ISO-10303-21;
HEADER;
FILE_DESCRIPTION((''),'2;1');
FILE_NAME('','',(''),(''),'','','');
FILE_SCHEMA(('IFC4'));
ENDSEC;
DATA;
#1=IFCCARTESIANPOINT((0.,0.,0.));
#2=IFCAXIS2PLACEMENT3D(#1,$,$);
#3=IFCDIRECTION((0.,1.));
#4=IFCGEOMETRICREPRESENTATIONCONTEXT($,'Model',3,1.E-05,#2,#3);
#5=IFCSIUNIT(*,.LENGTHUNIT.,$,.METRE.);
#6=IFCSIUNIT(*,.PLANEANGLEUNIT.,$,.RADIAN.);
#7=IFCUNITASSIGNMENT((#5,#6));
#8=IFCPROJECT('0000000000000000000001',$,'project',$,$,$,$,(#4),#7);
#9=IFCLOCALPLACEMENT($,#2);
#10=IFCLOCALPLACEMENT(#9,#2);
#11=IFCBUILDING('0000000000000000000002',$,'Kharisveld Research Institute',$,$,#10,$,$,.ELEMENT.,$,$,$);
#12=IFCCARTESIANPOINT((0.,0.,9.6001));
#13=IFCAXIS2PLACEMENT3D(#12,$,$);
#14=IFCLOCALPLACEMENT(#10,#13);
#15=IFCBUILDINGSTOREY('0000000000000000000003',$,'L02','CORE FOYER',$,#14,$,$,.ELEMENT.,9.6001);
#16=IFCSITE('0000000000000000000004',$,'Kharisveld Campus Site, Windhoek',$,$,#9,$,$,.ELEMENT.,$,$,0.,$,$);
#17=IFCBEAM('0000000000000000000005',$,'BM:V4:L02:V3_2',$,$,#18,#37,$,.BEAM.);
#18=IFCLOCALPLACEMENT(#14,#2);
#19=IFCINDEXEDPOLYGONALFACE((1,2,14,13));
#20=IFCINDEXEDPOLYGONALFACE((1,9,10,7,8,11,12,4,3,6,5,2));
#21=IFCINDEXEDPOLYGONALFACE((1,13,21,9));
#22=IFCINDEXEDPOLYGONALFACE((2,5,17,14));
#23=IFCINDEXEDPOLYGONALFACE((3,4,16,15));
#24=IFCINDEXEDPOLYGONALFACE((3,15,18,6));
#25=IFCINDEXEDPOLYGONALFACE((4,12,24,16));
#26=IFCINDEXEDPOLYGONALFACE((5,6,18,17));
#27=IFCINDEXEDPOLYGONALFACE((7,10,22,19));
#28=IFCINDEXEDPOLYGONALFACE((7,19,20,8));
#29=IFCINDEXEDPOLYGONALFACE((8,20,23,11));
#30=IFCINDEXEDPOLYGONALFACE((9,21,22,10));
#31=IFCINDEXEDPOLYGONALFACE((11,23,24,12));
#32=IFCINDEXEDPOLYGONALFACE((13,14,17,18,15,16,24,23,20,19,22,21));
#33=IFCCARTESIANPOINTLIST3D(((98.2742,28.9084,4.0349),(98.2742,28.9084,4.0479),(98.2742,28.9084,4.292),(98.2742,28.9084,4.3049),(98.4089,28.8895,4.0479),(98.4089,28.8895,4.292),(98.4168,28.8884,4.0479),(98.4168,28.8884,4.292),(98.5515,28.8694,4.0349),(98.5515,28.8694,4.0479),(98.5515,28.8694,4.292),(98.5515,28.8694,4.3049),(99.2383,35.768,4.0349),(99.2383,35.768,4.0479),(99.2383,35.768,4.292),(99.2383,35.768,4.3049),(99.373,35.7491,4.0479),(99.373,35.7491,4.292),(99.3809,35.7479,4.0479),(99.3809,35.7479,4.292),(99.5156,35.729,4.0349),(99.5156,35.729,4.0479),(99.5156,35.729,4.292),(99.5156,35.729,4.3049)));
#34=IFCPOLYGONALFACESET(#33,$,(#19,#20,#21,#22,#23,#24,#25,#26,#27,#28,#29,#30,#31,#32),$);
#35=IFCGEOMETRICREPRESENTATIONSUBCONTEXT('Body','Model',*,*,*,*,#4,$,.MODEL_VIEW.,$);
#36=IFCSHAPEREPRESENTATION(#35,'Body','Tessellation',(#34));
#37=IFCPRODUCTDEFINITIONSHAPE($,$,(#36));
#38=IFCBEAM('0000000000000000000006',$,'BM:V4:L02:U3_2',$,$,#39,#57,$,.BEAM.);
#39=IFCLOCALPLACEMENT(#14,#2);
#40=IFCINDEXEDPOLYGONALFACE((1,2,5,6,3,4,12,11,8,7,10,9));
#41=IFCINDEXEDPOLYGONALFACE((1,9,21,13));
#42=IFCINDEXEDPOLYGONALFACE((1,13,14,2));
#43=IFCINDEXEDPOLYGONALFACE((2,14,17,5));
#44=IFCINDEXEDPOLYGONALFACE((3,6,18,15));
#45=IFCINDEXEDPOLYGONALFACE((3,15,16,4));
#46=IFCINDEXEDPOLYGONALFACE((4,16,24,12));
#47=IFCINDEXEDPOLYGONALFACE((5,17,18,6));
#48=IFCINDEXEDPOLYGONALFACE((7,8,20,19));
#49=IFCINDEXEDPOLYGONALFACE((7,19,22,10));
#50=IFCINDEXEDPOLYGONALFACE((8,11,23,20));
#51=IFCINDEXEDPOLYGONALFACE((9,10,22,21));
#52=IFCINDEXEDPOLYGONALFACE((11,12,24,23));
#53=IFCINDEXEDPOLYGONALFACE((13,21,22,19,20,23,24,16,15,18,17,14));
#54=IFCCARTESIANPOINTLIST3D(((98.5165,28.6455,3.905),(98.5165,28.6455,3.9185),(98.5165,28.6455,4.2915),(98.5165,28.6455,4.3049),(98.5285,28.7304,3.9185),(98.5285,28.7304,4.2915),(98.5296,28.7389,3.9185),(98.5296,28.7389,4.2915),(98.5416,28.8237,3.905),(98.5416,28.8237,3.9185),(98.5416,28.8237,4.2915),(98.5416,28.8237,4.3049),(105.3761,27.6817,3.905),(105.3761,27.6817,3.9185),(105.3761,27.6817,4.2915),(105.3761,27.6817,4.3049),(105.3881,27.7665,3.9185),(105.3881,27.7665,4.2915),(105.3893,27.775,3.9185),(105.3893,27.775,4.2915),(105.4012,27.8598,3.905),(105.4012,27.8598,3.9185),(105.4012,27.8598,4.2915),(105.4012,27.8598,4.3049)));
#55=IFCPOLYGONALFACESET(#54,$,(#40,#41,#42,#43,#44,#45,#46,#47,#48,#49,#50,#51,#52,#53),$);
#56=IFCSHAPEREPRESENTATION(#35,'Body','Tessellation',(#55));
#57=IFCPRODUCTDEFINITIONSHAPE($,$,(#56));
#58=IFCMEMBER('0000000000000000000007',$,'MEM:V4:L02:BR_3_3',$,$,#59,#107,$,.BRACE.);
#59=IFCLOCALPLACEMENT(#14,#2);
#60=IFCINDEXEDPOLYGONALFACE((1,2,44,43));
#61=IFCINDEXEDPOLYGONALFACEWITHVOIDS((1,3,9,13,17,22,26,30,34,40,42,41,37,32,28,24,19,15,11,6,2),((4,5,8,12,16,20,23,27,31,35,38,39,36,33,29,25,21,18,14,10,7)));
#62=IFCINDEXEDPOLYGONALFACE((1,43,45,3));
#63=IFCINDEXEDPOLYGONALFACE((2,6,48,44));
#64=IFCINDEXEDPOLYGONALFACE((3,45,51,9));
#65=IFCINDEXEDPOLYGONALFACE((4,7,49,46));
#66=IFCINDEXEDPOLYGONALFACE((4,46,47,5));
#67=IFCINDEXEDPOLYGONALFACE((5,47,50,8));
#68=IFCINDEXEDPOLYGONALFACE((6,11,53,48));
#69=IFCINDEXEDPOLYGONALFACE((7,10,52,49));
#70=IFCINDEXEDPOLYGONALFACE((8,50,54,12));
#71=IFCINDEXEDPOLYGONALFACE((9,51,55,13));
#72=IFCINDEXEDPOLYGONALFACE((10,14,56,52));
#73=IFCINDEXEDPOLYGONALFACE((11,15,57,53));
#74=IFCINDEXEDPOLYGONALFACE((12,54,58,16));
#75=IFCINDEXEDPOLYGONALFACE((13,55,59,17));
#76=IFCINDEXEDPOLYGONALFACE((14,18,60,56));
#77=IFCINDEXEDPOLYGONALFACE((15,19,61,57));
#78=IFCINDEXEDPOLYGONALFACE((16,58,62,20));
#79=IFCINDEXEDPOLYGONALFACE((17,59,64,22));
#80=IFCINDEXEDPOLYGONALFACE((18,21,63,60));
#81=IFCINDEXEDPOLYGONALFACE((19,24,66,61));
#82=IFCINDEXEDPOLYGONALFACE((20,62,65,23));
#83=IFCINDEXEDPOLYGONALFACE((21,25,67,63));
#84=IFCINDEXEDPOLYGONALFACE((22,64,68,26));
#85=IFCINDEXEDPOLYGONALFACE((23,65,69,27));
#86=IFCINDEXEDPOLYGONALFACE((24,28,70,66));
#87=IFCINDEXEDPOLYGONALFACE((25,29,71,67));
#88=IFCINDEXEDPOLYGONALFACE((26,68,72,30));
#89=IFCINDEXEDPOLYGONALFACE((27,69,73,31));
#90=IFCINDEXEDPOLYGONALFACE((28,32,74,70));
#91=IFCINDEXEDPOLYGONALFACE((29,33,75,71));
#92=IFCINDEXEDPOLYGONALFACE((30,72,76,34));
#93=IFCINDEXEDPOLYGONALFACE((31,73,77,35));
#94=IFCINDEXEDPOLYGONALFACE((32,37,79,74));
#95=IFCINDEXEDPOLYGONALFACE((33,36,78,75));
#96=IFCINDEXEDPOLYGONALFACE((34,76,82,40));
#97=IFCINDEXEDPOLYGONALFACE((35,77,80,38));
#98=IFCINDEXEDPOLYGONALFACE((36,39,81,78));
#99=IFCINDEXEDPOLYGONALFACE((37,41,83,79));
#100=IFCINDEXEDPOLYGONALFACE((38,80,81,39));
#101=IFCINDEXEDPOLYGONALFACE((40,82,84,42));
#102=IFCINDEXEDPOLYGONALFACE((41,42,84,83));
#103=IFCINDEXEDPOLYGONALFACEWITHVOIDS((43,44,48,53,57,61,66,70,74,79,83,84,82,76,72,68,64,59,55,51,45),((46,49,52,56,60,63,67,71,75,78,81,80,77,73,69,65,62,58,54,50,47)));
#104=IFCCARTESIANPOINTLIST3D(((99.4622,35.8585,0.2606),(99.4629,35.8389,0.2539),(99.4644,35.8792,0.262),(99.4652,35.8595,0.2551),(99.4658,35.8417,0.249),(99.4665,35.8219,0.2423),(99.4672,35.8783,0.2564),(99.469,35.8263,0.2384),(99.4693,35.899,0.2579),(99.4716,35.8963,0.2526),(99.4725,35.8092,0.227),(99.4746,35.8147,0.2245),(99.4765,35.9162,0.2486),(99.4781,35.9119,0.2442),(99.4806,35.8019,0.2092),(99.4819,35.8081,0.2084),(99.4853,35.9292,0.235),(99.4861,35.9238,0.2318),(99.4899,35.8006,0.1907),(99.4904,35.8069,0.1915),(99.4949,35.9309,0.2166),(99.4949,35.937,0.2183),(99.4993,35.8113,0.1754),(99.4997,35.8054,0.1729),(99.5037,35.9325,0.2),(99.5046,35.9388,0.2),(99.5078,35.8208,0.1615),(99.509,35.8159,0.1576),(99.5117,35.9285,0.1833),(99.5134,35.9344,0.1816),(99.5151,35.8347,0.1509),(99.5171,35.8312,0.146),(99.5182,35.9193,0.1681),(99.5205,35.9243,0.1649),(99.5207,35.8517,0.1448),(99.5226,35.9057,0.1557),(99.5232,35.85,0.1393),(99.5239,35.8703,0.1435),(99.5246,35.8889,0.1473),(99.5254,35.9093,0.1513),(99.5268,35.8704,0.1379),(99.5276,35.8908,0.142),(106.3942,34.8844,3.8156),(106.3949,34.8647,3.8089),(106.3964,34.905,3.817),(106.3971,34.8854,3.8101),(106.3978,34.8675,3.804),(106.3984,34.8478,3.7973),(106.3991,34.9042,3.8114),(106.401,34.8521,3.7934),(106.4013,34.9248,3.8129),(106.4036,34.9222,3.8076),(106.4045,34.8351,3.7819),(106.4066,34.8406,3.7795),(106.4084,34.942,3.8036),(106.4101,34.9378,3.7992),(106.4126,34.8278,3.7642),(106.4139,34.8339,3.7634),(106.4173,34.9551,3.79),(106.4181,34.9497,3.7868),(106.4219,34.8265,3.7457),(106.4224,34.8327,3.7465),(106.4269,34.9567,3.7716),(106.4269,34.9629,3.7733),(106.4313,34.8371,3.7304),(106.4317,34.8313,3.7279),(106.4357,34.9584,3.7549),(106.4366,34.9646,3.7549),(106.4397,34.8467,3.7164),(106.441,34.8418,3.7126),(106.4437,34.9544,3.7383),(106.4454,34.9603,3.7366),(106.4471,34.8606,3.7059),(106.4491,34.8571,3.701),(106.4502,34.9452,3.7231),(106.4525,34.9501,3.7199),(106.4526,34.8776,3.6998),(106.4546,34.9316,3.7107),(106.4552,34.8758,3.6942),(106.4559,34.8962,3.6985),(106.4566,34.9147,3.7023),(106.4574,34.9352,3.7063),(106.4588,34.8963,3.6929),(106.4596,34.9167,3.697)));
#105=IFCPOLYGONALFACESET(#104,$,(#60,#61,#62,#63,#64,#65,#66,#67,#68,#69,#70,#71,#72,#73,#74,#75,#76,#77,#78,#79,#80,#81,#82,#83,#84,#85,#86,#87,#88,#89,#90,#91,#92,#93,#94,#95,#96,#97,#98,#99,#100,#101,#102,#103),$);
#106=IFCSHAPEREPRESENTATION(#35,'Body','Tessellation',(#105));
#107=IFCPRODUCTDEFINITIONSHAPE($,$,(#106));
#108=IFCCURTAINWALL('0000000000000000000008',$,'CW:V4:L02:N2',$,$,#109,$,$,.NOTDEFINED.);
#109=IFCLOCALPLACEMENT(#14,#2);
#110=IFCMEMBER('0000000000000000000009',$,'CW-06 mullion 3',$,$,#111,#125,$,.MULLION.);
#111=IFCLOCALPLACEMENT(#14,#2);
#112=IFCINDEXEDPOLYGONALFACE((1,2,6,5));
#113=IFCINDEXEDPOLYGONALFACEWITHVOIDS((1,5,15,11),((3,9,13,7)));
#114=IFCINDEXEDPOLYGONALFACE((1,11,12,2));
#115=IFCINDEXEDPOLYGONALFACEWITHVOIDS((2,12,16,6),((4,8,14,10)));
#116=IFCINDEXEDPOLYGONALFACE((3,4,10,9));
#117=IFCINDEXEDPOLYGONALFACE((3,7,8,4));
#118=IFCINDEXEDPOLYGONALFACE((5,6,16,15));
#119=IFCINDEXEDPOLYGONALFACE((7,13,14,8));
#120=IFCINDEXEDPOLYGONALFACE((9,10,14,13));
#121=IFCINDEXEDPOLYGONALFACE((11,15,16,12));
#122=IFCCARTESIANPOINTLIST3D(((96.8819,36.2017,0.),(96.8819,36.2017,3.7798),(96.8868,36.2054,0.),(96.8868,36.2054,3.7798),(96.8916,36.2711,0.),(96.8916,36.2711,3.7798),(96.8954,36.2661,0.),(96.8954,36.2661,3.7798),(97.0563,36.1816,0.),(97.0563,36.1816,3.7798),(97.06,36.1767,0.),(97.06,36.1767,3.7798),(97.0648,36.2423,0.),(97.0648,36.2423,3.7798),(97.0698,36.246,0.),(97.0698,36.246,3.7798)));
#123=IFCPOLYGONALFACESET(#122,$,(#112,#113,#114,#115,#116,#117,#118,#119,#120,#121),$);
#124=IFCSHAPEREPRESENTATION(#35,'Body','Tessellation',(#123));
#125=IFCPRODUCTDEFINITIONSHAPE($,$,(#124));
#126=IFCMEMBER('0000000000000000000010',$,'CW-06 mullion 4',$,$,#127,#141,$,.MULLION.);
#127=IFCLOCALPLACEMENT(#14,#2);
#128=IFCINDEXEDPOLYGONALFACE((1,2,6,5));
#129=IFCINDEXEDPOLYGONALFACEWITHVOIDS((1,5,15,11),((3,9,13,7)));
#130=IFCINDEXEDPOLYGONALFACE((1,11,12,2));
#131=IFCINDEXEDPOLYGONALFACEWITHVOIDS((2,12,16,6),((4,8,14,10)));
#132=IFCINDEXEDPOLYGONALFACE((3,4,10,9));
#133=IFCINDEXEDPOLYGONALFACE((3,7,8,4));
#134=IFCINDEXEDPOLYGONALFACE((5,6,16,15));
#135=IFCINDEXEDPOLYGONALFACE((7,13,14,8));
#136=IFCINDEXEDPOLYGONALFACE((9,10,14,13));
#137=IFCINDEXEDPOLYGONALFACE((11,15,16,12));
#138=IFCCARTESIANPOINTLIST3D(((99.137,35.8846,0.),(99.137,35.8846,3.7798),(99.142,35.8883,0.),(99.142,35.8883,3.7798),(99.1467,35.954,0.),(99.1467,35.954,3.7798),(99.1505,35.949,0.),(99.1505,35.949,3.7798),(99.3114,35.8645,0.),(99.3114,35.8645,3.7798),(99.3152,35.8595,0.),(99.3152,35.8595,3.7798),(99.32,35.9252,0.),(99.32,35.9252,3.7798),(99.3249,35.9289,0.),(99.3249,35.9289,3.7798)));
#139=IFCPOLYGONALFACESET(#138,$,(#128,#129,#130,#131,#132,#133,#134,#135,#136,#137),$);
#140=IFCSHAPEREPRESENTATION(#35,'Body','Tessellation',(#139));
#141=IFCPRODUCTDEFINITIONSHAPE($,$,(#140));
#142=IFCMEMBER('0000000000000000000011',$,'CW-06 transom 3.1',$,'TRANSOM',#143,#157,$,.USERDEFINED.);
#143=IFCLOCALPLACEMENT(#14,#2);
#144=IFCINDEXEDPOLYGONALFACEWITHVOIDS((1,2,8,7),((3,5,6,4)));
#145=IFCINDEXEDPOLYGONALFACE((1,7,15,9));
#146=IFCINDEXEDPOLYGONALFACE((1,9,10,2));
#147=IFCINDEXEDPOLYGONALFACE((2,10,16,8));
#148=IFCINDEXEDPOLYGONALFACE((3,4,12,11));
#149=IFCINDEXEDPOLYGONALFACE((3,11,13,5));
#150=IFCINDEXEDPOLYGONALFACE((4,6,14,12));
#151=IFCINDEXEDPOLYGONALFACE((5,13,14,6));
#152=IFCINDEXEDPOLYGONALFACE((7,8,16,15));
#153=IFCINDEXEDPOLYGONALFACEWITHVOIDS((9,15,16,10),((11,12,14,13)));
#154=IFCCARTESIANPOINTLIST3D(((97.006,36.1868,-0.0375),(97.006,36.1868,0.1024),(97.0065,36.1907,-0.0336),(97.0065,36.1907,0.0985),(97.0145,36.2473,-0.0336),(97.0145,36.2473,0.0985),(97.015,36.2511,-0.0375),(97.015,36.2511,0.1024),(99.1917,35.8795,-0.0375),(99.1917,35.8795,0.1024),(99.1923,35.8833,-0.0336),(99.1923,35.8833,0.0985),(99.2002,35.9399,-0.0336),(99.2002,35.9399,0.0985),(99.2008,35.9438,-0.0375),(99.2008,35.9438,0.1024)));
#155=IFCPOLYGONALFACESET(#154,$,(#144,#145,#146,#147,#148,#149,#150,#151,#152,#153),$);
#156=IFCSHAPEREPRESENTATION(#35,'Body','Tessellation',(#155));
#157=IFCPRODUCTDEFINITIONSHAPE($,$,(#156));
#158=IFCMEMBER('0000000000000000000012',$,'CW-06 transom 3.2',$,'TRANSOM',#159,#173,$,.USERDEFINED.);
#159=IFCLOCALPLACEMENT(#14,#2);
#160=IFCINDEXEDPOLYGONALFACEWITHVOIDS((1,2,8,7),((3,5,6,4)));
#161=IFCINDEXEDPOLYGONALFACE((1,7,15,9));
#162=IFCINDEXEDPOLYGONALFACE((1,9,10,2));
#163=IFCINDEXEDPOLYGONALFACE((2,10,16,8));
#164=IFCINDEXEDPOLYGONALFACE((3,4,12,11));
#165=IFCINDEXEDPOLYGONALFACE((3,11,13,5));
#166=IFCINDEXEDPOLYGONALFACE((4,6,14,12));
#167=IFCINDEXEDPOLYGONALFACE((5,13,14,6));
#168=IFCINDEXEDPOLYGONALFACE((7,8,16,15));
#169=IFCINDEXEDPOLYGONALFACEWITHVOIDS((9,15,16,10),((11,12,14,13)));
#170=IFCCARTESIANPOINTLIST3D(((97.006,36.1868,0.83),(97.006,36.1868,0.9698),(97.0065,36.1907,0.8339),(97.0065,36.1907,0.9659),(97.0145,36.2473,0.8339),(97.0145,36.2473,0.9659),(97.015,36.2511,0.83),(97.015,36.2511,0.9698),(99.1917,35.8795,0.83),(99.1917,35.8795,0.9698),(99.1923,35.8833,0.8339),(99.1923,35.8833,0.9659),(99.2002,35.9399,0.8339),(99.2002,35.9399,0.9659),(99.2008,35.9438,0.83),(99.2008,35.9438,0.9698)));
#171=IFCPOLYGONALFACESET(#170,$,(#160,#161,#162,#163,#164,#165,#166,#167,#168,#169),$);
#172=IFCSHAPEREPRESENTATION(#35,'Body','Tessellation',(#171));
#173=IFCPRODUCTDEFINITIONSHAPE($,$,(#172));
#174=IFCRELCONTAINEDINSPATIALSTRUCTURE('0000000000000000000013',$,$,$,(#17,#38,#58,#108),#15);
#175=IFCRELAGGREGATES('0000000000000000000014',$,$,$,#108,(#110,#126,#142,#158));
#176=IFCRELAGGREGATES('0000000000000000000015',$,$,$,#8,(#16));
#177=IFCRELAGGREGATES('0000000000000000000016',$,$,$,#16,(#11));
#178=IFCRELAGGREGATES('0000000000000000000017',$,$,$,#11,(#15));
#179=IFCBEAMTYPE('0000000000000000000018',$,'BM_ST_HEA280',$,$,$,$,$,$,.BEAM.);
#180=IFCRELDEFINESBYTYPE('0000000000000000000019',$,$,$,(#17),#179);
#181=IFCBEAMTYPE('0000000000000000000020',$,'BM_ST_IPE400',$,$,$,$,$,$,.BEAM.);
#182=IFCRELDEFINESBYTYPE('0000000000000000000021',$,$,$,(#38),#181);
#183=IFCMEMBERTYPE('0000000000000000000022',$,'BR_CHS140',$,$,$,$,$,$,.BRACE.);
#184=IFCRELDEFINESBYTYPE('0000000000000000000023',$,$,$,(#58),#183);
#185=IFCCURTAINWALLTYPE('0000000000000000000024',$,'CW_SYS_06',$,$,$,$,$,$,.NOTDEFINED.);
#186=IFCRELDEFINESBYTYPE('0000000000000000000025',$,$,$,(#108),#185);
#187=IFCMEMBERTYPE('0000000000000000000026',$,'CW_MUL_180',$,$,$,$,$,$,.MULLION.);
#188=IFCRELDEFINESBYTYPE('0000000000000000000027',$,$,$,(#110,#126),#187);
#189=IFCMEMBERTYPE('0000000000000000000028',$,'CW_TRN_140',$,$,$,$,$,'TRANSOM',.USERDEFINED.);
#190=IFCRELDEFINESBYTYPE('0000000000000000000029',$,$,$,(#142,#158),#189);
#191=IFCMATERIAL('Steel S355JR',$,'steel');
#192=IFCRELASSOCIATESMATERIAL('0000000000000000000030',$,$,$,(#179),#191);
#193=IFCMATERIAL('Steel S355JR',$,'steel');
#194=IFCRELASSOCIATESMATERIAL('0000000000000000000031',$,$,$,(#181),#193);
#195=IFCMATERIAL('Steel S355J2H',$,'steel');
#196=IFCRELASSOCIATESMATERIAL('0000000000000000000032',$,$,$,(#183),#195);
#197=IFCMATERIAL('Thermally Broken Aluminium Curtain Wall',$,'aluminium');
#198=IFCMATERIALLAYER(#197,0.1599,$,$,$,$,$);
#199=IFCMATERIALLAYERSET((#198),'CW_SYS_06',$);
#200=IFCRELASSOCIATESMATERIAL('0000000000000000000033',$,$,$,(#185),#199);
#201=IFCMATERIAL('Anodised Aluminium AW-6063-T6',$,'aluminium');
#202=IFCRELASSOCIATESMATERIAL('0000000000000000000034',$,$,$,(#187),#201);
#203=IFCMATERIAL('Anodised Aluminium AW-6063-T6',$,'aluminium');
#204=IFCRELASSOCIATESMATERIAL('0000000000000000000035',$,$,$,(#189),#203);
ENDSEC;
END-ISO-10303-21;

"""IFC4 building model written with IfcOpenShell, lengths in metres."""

from ifc_helpers import new_model, si_unit, direction, frame, origin, origin_2d, place, context, subcontext, project, spatial, hollow_rectangle, hollow_circle, i_section, extrude, material, layer, layer_set, material_profile, profile_set, type_object, element, aggregate, save


model = new_model("IFC4")

# Units and contexts
model_context = context("Model", 3, precision=1e-05, world=origin(), true_north=direction((0.0, 1.0)))
body_context = subcontext(model_context, "Body", "Model", "MODEL_VIEW")
ifc_project = project(units=[si_unit("LENGTHUNIT", "METRE"), si_unit("PLANEANGLEUNIT", "RADIAN")], contexts=[model_context])

# Site, building, storey
site_placement = place(None, origin())
site = spatial("IfcSite", under=ifc_project, at=site_placement, Name="Kharisveld Campus Site, Windhoek", CompositionType="ELEMENT", RefElevation=0.0)
building_placement = place(site_placement, origin())
building = spatial("IfcBuilding", under=site, at=building_placement, Name="Kharisveld Research Institute", CompositionType="ELEMENT")
storey_placement = place(building_placement, frame((0.0, 0.0, 9.6001)))
storey = spatial("IfcBuildingStorey", under=building, at=storey_placement, Name="L02", Description="CORE FOYER", CompositionType="ELEMENT", Elevation=9.6001)

# Beams
ifc_material_1 = material(Name="Steel S355JR", Category="steel")
ifc_material_profile_1 = material_profile(ifc_material_1, i_section(OverallWidth=0.28, OverallDepth=0.27, WebThickness=0.0081, FlangeThickness=0.0129, at=origin_2d()))
ifc_profile_set_1 = profile_set([ifc_material_profile_1], Name="Steel S355JR")
beam_type_1 = type_object("IfcBeamType", Name="BM_ST_HEA280", PredefinedType="BEAM", material=ifc_profile_set_1)
beam_1_placement = place(storey_placement, frame((98.4128, 28.8889, 4.1699), z_axis=(0.139181, 0.990267, 0.0), x_axis=(-0.990267, 0.139181, 0.0)))
element("IfcBeam", 1, at=beam_1_placement, inside=storey, type_object=beam_type_1, Name="BM:V4:L02:V3_2", PredefinedType="BEAM", context=body_context, shape_type="SweptSolid", body=[
    extrude(i_section(OverallWidth=0.28, OverallDepth=0.27, WebThickness=0.0081, FlangeThickness=0.0129, at=origin_2d()), origin(), (0.0, 0.0, 1.0), 6.927),
])
ifc_material_2 = material(Name="Steel S355JR", Category="steel")
ifc_material_profile_2 = material_profile(ifc_material_2, i_section(OverallWidth=0.1799, OverallDepth=0.3999, WebThickness=0.0085, FlangeThickness=0.0134, at=origin_2d()))
ifc_profile_set_2 = profile_set([ifc_material_profile_2], Name="Steel S355JR")
beam_type_2 = type_object("IfcBeamType", Name="BM_ST_IPE400", PredefinedType="BEAM", material=ifc_profile_set_2)
beam_2_placement = place(storey_placement, frame((98.5291, 28.7346, 4.105), z_axis=(0.990272, -0.139146, 0.0), x_axis=(0.139146, 0.990272, 0.0)))
element("IfcBeam", 2, at=beam_2_placement, inside=storey, type_object=beam_type_2, Name="BM:V4:L02:U3_2", PredefinedType="BEAM", context=body_context, shape_type="SweptSolid", body=[
    extrude(i_section(OverallWidth=0.1799, OverallDepth=0.3999, WebThickness=0.0085, FlangeThickness=0.0134, at=origin_2d()), origin(), (0.0, 0.0, 1.0), 6.927),
])

# Member
ifc_material_3 = material(Name="Steel S355J2H", Category="steel")
ifc_material_profile_3 = material_profile(ifc_material_3, hollow_circle(Radius=0.0698, WallThickness=0.0063, at=origin_2d()))
ifc_profile_set_3 = profile_set([ifc_material_profile_3], Name="Steel S355J2H")
member_type_1 = type_object("IfcMemberType", Name="BR_CHS140", PredefinedType="BRACE", material=ifc_profile_set_3)
member_1_placement = place(storey_placement, frame((99.4949, 35.8696, 0.2), z_axis=(0.882935, -0.124077, 0.452803), x_axis=(0.13916, 0.99027, 0.0)))
element("IfcMember", 3, at=member_1_placement, inside=storey, type_object=member_type_1, Name="MEM:V4:L02:BR_3_3", PredefinedType="BRACE", context=body_context, shape_type="SweptSolid", body=[
    extrude(hollow_circle(Radius=0.0698, WallThickness=0.0063, at=origin_2d()), origin(), (0.0, 0.0, 1.0), 7.8511),
])

# Curtain wall, members
ifc_material_4 = material(Name="Thermally Broken Aluminium Curtain Wall", Category="aluminium")
ifc_layer_1 = layer(ifc_material_4, 0.1599)
ifc_layer_set_1 = layer_set([ifc_layer_1], Name="CW_SYS_06")
curtain_wall_type = type_object("IfcCurtainWallType", Name="CW_SYS_06", PredefinedType="NOTDEFINED", material=ifc_layer_set_1)
curtain_wall_placement = place(storey_placement, origin())
curtain_wall = element("IfcCurtainWall", 4, at=curtain_wall_placement, inside=storey, type_object=curtain_wall_type, Name="CW:V4:L02:N2", PredefinedType="NOTDEFINED")
ifc_material_5 = material(Name="Anodised Aluminium AW-6063-T6", Category="aluminium")
ifc_material_profile_4 = material_profile(ifc_material_5, hollow_rectangle(XDim=0.0701, YDim=0.1799, WallThickness=0.0044, at=origin_2d()))
ifc_profile_set_4 = profile_set([ifc_material_profile_4], Name="Anodised Aluminium AW-6063-T6")
member_type_2 = type_object("IfcMemberType", Name="CW_MUL_180", PredefinedType="MULLION", material=ifc_profile_set_4)
member_2_placement = place(storey_placement, frame((96.9758, 36.2239, 0.0), z_axis=(0.0, 0.0, 1.0), x_axis=(0.139173, 0.990268, 0.0)))
member_2 = element("IfcMember", 5, at=member_2_placement, type_object=member_type_2, Name="CW-06 mullion 3", PredefinedType="MULLION", context=body_context, shape_type="SweptSolid", body=[
    extrude(hollow_rectangle(XDim=0.0701, YDim=0.1799, WallThickness=0.0044, at=origin_2d()), origin(), (0.0, 0.0, 1.0), 3.7798),
])
member_3_placement = place(storey_placement, frame((99.231, 35.9067, 0.0), z_axis=(0.0, 0.0, 1.0), x_axis=(0.139173, 0.990268, 0.0)))
member_3 = element("IfcMember", 6, at=member_3_placement, type_object=member_type_2, Name="CW-06 mullion 4", PredefinedType="MULLION", context=body_context, shape_type="SweptSolid", body=[
    extrude(hollow_rectangle(XDim=0.0701, YDim=0.1799, WallThickness=0.0044, at=origin_2d()), origin(), (0.0, 0.0, 1.0), 3.7798),
])
ifc_material_6 = material(Name="Anodised Aluminium AW-6063-T6", Category="aluminium")
ifc_material_profile_5 = material_profile(ifc_material_6, hollow_rectangle(XDim=0.0649, YDim=0.1399, WallThickness=0.0039, at=origin_2d()))
ifc_profile_set_5 = profile_set([ifc_material_profile_5], Name="Anodised Aluminium AW-6063-T6")
member_type_3 = type_object("IfcMemberType", Name="CW_TRN_140", ElementType="TRANSOM", PredefinedType="USERDEFINED", material=ifc_profile_set_5)
member_4_placement = place(storey_placement, frame((97.0105, 36.219, 0.0325), z_axis=(0.990257, -0.139253, 0.0), x_axis=(0.139253, 0.990257, 0.0)))
member_4 = element("IfcMember", 7, at=member_4_placement, type_object=member_type_3, Name="CW-06 transom 3.1", ObjectType="TRANSOM", PredefinedType="USERDEFINED", context=body_context, shape_type="SweptSolid", body=[
    extrude(hollow_rectangle(XDim=0.0649, YDim=0.1399, WallThickness=0.0039, at=origin_2d()), origin(), (0.0, 0.0, 1.0), 2.2073),
])
member_5_placement = place(storey_placement, frame((97.0105, 36.219, 0.8999), z_axis=(0.990257, -0.139253, 0.0), x_axis=(0.139253, 0.990257, 0.0)))
member_5 = element("IfcMember", 8, at=member_5_placement, type_object=member_type_3, Name="CW-06 transom 3.2", ObjectType="TRANSOM", PredefinedType="USERDEFINED", context=body_context, shape_type="SweptSolid", body=[
    extrude(hollow_rectangle(XDim=0.0649, YDim=0.1399, WallThickness=0.0039, at=origin_2d()), origin(), (0.0, 0.0, 1.0), 2.2073),
])

aggregate(curtain_wall, [member_2, member_3, member_4, member_5])

save(model, "model.ifc")
